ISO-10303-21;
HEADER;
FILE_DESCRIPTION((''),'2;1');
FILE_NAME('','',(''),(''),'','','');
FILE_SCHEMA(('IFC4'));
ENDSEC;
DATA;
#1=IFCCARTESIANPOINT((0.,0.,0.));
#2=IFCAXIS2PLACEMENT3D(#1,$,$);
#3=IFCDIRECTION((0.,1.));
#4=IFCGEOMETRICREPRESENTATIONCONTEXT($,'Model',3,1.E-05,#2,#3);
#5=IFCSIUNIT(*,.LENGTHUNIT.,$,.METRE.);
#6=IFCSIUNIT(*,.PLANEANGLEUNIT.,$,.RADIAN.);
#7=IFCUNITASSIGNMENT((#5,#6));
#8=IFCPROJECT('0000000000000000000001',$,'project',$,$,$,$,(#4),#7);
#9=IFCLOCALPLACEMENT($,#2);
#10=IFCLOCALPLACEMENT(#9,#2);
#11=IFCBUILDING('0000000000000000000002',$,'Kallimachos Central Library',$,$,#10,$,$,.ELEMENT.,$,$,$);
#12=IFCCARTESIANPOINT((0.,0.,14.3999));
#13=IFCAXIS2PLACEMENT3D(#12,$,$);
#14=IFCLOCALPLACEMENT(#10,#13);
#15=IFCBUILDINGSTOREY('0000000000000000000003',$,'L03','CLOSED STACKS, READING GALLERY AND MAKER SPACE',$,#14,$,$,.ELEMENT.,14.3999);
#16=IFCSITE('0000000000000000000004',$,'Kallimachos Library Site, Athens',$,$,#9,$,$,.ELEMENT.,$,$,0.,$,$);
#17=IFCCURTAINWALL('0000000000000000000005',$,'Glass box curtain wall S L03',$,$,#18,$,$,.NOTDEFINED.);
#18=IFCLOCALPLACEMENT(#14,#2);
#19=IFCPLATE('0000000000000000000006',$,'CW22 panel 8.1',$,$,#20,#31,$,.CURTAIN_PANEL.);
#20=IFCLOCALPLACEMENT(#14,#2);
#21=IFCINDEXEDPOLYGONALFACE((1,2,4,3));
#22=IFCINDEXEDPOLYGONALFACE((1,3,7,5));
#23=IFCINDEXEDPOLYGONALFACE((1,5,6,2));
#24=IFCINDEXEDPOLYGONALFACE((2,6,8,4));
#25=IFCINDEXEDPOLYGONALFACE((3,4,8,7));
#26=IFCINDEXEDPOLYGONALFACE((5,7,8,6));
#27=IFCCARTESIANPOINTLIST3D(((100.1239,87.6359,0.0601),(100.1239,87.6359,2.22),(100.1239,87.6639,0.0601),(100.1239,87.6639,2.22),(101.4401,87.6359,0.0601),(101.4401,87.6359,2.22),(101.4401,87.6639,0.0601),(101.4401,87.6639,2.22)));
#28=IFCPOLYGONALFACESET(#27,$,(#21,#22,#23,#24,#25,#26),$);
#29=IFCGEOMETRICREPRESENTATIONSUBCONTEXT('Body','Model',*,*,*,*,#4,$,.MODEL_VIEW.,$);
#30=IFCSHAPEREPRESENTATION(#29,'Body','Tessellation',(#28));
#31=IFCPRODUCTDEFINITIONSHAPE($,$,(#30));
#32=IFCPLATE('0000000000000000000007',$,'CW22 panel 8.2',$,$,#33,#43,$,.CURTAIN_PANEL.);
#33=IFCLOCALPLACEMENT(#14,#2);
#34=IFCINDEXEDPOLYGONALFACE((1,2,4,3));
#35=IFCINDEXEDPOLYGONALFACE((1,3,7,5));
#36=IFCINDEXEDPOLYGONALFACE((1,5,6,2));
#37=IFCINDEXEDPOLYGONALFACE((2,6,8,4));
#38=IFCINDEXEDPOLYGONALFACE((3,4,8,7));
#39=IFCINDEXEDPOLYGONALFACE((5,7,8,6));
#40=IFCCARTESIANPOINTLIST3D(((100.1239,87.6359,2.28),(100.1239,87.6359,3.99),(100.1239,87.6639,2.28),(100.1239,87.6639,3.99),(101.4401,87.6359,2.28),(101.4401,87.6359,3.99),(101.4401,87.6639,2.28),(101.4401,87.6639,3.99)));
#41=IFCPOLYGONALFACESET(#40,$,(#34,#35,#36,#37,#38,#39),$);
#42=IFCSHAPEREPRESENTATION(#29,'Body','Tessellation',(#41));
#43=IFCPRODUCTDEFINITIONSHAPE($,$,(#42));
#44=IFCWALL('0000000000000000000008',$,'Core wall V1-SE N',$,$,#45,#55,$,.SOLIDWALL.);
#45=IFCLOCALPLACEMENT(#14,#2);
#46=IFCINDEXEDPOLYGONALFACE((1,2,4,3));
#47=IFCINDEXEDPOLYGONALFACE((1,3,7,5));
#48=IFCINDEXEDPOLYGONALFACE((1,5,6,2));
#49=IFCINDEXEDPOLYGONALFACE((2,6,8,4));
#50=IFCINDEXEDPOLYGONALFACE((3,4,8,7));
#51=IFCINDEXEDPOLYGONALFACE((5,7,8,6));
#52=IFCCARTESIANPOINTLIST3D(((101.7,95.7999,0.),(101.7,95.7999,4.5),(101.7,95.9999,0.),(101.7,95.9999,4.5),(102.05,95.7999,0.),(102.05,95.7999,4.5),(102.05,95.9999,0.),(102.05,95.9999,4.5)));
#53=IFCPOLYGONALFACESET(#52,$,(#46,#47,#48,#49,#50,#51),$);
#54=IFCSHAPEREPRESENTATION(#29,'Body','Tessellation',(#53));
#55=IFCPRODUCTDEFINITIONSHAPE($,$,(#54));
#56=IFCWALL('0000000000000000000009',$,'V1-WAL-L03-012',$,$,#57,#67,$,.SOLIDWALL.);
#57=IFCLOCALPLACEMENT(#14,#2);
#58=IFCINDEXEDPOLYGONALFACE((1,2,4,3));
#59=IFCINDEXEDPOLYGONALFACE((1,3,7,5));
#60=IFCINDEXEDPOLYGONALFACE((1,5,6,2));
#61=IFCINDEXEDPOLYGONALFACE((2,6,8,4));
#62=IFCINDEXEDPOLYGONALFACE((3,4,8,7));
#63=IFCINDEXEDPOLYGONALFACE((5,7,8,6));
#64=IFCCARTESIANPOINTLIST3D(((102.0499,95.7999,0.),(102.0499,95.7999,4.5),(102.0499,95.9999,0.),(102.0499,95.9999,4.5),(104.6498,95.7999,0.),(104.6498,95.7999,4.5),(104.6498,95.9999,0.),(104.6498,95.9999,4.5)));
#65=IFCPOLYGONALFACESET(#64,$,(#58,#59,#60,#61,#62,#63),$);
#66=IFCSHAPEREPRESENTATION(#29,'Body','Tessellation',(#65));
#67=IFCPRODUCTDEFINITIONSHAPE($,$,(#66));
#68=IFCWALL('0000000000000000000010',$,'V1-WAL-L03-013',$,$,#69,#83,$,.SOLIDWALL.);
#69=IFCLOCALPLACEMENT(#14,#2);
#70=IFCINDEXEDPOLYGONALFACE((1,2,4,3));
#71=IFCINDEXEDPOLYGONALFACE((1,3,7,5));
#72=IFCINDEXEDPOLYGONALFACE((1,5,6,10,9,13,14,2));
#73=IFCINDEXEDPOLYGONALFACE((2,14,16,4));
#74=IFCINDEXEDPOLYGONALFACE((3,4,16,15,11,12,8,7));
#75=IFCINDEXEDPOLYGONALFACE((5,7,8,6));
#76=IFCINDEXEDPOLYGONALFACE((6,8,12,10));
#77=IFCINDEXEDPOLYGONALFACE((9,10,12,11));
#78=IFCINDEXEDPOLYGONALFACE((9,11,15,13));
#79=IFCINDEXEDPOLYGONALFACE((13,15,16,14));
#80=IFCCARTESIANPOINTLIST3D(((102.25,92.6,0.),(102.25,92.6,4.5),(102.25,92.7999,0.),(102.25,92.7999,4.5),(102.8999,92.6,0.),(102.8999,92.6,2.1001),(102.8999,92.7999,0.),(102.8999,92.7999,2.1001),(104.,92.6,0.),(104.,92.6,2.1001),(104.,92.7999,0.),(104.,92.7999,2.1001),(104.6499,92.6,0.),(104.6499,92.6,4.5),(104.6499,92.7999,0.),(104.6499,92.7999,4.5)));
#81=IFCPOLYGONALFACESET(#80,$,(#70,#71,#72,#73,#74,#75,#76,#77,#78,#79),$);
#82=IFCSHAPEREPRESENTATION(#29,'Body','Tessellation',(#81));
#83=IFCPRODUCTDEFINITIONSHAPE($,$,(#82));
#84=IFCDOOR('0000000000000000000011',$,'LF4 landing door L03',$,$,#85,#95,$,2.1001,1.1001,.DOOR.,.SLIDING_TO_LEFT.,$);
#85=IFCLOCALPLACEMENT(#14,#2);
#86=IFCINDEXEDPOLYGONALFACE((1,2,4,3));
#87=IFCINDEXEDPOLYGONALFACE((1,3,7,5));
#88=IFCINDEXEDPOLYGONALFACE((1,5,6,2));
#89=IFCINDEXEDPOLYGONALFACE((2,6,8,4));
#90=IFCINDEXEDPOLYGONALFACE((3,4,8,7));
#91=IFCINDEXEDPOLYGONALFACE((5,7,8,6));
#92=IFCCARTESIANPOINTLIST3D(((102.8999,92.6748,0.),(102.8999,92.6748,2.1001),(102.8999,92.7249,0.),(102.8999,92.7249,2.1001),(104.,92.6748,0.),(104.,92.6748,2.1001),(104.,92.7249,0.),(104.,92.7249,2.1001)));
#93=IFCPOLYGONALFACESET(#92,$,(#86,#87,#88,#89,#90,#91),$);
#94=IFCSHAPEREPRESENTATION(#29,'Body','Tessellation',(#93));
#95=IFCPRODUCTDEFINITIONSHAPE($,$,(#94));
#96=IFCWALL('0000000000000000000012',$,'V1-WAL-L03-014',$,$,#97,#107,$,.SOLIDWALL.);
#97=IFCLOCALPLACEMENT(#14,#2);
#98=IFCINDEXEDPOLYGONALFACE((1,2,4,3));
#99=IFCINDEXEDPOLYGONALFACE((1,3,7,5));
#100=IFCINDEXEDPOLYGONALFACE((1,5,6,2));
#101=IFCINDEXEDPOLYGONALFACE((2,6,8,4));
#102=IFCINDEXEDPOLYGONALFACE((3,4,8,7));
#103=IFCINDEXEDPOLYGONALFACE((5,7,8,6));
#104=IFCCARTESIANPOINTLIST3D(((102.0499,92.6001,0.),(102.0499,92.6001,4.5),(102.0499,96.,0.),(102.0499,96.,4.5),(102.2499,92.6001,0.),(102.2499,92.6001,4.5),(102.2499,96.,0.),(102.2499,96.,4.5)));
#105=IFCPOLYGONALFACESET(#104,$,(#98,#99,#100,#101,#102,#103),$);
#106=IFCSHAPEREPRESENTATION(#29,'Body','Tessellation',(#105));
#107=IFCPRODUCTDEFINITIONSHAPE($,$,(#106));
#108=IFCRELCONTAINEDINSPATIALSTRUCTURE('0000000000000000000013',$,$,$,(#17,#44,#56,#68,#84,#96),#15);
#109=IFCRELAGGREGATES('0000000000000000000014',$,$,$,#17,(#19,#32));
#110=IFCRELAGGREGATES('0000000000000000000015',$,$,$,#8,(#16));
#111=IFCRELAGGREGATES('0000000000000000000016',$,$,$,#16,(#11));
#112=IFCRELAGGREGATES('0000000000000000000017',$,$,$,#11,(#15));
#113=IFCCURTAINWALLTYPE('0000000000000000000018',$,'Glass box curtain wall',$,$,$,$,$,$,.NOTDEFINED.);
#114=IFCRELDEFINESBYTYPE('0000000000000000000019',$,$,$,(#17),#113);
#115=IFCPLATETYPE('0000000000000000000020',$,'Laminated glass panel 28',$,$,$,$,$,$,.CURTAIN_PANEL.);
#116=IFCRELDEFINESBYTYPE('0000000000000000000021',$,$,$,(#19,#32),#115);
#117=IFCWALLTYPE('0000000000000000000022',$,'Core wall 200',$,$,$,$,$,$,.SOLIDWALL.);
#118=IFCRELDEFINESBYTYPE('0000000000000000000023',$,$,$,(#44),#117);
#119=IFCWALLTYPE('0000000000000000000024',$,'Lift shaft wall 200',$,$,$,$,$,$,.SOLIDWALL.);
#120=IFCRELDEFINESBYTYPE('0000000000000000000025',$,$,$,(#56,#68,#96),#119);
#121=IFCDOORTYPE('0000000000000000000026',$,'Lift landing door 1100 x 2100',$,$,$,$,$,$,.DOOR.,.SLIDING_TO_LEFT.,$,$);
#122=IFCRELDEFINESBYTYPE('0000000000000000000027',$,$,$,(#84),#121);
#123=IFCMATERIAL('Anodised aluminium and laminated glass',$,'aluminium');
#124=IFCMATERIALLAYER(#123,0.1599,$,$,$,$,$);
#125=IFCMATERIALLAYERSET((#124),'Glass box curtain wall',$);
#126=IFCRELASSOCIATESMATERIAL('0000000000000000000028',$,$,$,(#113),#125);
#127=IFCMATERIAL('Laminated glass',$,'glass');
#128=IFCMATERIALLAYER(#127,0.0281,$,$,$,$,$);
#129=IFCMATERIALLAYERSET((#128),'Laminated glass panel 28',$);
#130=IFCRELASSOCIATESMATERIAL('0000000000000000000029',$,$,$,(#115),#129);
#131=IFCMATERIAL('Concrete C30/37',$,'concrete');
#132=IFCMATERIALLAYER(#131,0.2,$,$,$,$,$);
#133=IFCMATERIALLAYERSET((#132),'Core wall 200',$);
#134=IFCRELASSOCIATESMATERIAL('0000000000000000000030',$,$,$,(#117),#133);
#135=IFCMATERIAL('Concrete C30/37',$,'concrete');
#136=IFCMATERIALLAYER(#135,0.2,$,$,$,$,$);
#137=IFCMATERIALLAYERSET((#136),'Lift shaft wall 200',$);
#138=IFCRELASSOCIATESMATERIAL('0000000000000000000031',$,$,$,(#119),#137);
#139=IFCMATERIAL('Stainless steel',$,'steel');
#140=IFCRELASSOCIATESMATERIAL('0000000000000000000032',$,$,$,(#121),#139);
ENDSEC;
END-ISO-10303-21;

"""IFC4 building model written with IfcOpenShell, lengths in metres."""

from ifc_helpers import new_model, si_unit, direction, frame, frame_2d, origin, origin_2d, place, context, subcontext, project, spatial, rectangle, extrude, material, layer, layer_set, type_object, element, fill, aggregate, save


model = new_model("IFC4")

# Units and contexts
model_context = context("Model", 3, precision=1e-05, world=origin(), true_north=direction((0.0, 1.0)))
body_context = subcontext(model_context, "Body", "Model", "MODEL_VIEW")
ifc_project = project(units=[si_unit("LENGTHUNIT", "METRE"), si_unit("PLANEANGLEUNIT", "RADIAN")], contexts=[model_context])

# Site, building, storey
site_placement = place(None, origin())
site = spatial("IfcSite", under=ifc_project, at=site_placement, Name="Kallimachos Library Site, Athens", CompositionType="ELEMENT", RefElevation=0.0)
building_placement = place(site_placement, origin())
building = spatial("IfcBuilding", under=site, at=building_placement, Name="Kallimachos Central Library", CompositionType="ELEMENT")
storey_placement = place(building_placement, frame((0.0, 0.0, 14.3999)))
storey = spatial("IfcBuildingStorey", under=building, at=storey_placement, Name="L03", Description="CLOSED STACKS, READING GALLERY AND MAKER SPACE", CompositionType="ELEMENT", Elevation=14.3999)

# Curtain wall
ifc_material_1 = material(Name="Anodised aluminium and laminated glass", Category="aluminium")
ifc_layer_1 = layer(ifc_material_1, 0.1599)
ifc_layer_set_1 = layer_set([ifc_layer_1], Name="Glass box curtain wall")
curtain_wall_type = type_object("IfcCurtainWallType", Name="Glass box curtain wall", PredefinedType="NOTDEFINED", material=ifc_layer_set_1)
curtain_wall_placement = place(storey_placement, origin())
curtain_wall = element("IfcCurtainWall", 1, at=curtain_wall_placement, inside=storey, type_object=curtain_wall_type, Name="Glass box curtain wall S L03", PredefinedType="NOTDEFINED")

# Plates
ifc_material_2 = material(Name="Laminated glass", Category="glass")
ifc_layer_2 = layer(ifc_material_2, 0.0281)
ifc_layer_set_2 = layer_set([ifc_layer_2], Name="Laminated glass panel 28")
plate_type = type_object("IfcPlateType", Name="Laminated glass panel 28", PredefinedType="CURTAIN_PANEL", material=ifc_layer_set_2)
plate_1_placement = place(storey_placement, frame((100.782, 87.6499, 0.0601), z_axis=(0.0, 0.0, 1.0), x_axis=(1.0, 0.0, 0.0)))
plate_1 = element("IfcPlate", 2, at=plate_1_placement, type_object=plate_type, Name="CW22 panel 8.1", PredefinedType="CURTAIN_PANEL", context=body_context, shape_type="SweptSolid", body=[
    extrude(rectangle(XDim=1.3162, YDim=0.0281, at=origin_2d()), origin(), (0.0, 0.0, 1.0), 2.1599),
])
plate_2_placement = place(storey_placement, frame((100.782, 87.6499, 2.28), z_axis=(0.0, 0.0, 1.0), x_axis=(1.0, 0.0, 0.0)))
plate_2 = element("IfcPlate", 3, at=plate_2_placement, type_object=plate_type, Name="CW22 panel 8.2", PredefinedType="CURTAIN_PANEL", context=body_context, shape_type="SweptSolid", body=[
    extrude(rectangle(XDim=1.3162, YDim=0.0281, at=origin_2d()), origin(), (0.0, 0.0, 1.0), 1.71),
])
aggregate(curtain_wall, [plate_1, plate_2])

# Walls
ifc_material_3 = material(Name="Concrete C30/37", Category="concrete")
ifc_layer_3 = layer(ifc_material_3, 0.2)
ifc_layer_set_3 = layer_set([ifc_layer_3], Name="Core wall 200")
wall_type_1 = type_object("IfcWallType", Name="Core wall 200", PredefinedType="SOLIDWALL", material=ifc_layer_set_3)
wall_1_placement = place(storey_placement, frame((101.7, 95.8999, 0.0), z_axis=(0.0, 0.0, 1.0), x_axis=(1.0, 0.0, 0.0)))
element("IfcWall", 4, at=wall_1_placement, inside=storey, type_object=wall_type_1, Name="Core wall V1-SE N", PredefinedType="SOLIDWALL", context=body_context, shape_type="SweptSolid", body=[
    extrude(rectangle(XDim=0.3501, YDim=0.2, at=frame_2d((0.175, 0.0))), origin(), (0.0, 0.0, 1.0), 4.5),
])
ifc_material_4 = material(Name="Concrete C30/37", Category="concrete")
ifc_layer_4 = layer(ifc_material_4, 0.2)
ifc_layer_set_4 = layer_set([ifc_layer_4], Name="Lift shaft wall 200")
wall_type_2 = type_object("IfcWallType", Name="Lift shaft wall 200", PredefinedType="SOLIDWALL", material=ifc_layer_set_4)
wall_2_placement = place(storey_placement, frame((102.05, 95.8999, 0.0), z_axis=(0.0, 0.0, 1.0), x_axis=(1.0, 0.0, 0.0)))
element("IfcWall", 5, at=wall_2_placement, inside=storey, type_object=wall_type_2, Name="V1-WAL-L03-012", PredefinedType="SOLIDWALL", context=body_context, shape_type="SweptSolid", body=[
    extrude(rectangle(XDim=2.5999, YDim=0.2, at=frame_2d((1.2998, 0.0))), origin(), (0.0, 0.0, 1.0), 4.5),
])

# Wall, opening, door
wall_3_placement = place(storey_placement, frame((102.25, 92.7, 0.0), z_axis=(0.0, 0.0, 1.0), x_axis=(1.0, 0.0, 0.0)))
wall_3 = element("IfcWall", 6, at=wall_3_placement, inside=storey, type_object=wall_type_2, Name="V1-WAL-L03-013", PredefinedType="SOLIDWALL", context=body_context, shape_type="SweptSolid", body=[
    extrude(rectangle(XDim=2.3999, YDim=0.2, at=frame_2d((1.2, 0.0))), origin(), (0.0, 0.0, 1.0), 4.5),
])
opening_placement = place(wall_3_placement, frame((0.6499, 0.0, 0.0)))
opening = element("IfcOpeningElement", 7, at=opening_placement, cuts=wall_3, PredefinedType="OPENING", context=body_context, shape_type="SweptSolid", body=[
    extrude(rectangle(XDim=1.1001, YDim=2.1001, at=frame_2d((0.55, 1.05))), frame((0.0, 0.1099, 0.0), z_axis=(0.0, -1.0, 0.0), x_axis=(1.0, 0.0, 0.0)), (0.0, 0.0, 1.0), 0.22),
])
ifc_material_5 = material(Name="Stainless steel", Category="steel")
door_type = type_object("IfcDoorType", Name="Lift landing door 1100 x 2100", OperationType="SLIDING_TO_LEFT", PredefinedType="DOOR", material=ifc_material_5)
door_placement = place(opening_placement, origin())
door = element("IfcDoor", 8, at=door_placement, inside=storey, type_object=door_type, Name="LF4 landing door L03", OperationType="SLIDING_TO_LEFT", OverallHeight=2.1001, OverallWidth=1.1001, PredefinedType="DOOR", context=body_context, shape_type="SweptSolid", body=[
    extrude(rectangle(XDim=1.1001, YDim=2.1001, at=frame_2d((0.55, 1.05))), frame((0.0, 0.0249, 0.0), z_axis=(0.0, -1.0, 0.0), x_axis=(1.0, 0.0, 0.0)), (0.0, 0.0, 1.0), 0.05),
])
fill(opening, door)

# Wall
wall_4_placement = place(storey_placement, frame((102.1499, 92.6001, 0.0), z_axis=(0.0, 0.0, 1.0), x_axis=(0.0, 1.0, 0.0)))
element("IfcWall", 9, at=wall_4_placement, inside=storey, type_object=wall_type_2, Name="V1-WAL-L03-014", PredefinedType="SOLIDWALL", context=body_context, shape_type="SweptSolid", body=[
    extrude(rectangle(XDim=3.3999, YDim=0.2, at=frame_2d((1.7, 0.0))), origin(), (0.0, 0.0, 1.0), 4.5),
])

save(model, "model.ifc")
